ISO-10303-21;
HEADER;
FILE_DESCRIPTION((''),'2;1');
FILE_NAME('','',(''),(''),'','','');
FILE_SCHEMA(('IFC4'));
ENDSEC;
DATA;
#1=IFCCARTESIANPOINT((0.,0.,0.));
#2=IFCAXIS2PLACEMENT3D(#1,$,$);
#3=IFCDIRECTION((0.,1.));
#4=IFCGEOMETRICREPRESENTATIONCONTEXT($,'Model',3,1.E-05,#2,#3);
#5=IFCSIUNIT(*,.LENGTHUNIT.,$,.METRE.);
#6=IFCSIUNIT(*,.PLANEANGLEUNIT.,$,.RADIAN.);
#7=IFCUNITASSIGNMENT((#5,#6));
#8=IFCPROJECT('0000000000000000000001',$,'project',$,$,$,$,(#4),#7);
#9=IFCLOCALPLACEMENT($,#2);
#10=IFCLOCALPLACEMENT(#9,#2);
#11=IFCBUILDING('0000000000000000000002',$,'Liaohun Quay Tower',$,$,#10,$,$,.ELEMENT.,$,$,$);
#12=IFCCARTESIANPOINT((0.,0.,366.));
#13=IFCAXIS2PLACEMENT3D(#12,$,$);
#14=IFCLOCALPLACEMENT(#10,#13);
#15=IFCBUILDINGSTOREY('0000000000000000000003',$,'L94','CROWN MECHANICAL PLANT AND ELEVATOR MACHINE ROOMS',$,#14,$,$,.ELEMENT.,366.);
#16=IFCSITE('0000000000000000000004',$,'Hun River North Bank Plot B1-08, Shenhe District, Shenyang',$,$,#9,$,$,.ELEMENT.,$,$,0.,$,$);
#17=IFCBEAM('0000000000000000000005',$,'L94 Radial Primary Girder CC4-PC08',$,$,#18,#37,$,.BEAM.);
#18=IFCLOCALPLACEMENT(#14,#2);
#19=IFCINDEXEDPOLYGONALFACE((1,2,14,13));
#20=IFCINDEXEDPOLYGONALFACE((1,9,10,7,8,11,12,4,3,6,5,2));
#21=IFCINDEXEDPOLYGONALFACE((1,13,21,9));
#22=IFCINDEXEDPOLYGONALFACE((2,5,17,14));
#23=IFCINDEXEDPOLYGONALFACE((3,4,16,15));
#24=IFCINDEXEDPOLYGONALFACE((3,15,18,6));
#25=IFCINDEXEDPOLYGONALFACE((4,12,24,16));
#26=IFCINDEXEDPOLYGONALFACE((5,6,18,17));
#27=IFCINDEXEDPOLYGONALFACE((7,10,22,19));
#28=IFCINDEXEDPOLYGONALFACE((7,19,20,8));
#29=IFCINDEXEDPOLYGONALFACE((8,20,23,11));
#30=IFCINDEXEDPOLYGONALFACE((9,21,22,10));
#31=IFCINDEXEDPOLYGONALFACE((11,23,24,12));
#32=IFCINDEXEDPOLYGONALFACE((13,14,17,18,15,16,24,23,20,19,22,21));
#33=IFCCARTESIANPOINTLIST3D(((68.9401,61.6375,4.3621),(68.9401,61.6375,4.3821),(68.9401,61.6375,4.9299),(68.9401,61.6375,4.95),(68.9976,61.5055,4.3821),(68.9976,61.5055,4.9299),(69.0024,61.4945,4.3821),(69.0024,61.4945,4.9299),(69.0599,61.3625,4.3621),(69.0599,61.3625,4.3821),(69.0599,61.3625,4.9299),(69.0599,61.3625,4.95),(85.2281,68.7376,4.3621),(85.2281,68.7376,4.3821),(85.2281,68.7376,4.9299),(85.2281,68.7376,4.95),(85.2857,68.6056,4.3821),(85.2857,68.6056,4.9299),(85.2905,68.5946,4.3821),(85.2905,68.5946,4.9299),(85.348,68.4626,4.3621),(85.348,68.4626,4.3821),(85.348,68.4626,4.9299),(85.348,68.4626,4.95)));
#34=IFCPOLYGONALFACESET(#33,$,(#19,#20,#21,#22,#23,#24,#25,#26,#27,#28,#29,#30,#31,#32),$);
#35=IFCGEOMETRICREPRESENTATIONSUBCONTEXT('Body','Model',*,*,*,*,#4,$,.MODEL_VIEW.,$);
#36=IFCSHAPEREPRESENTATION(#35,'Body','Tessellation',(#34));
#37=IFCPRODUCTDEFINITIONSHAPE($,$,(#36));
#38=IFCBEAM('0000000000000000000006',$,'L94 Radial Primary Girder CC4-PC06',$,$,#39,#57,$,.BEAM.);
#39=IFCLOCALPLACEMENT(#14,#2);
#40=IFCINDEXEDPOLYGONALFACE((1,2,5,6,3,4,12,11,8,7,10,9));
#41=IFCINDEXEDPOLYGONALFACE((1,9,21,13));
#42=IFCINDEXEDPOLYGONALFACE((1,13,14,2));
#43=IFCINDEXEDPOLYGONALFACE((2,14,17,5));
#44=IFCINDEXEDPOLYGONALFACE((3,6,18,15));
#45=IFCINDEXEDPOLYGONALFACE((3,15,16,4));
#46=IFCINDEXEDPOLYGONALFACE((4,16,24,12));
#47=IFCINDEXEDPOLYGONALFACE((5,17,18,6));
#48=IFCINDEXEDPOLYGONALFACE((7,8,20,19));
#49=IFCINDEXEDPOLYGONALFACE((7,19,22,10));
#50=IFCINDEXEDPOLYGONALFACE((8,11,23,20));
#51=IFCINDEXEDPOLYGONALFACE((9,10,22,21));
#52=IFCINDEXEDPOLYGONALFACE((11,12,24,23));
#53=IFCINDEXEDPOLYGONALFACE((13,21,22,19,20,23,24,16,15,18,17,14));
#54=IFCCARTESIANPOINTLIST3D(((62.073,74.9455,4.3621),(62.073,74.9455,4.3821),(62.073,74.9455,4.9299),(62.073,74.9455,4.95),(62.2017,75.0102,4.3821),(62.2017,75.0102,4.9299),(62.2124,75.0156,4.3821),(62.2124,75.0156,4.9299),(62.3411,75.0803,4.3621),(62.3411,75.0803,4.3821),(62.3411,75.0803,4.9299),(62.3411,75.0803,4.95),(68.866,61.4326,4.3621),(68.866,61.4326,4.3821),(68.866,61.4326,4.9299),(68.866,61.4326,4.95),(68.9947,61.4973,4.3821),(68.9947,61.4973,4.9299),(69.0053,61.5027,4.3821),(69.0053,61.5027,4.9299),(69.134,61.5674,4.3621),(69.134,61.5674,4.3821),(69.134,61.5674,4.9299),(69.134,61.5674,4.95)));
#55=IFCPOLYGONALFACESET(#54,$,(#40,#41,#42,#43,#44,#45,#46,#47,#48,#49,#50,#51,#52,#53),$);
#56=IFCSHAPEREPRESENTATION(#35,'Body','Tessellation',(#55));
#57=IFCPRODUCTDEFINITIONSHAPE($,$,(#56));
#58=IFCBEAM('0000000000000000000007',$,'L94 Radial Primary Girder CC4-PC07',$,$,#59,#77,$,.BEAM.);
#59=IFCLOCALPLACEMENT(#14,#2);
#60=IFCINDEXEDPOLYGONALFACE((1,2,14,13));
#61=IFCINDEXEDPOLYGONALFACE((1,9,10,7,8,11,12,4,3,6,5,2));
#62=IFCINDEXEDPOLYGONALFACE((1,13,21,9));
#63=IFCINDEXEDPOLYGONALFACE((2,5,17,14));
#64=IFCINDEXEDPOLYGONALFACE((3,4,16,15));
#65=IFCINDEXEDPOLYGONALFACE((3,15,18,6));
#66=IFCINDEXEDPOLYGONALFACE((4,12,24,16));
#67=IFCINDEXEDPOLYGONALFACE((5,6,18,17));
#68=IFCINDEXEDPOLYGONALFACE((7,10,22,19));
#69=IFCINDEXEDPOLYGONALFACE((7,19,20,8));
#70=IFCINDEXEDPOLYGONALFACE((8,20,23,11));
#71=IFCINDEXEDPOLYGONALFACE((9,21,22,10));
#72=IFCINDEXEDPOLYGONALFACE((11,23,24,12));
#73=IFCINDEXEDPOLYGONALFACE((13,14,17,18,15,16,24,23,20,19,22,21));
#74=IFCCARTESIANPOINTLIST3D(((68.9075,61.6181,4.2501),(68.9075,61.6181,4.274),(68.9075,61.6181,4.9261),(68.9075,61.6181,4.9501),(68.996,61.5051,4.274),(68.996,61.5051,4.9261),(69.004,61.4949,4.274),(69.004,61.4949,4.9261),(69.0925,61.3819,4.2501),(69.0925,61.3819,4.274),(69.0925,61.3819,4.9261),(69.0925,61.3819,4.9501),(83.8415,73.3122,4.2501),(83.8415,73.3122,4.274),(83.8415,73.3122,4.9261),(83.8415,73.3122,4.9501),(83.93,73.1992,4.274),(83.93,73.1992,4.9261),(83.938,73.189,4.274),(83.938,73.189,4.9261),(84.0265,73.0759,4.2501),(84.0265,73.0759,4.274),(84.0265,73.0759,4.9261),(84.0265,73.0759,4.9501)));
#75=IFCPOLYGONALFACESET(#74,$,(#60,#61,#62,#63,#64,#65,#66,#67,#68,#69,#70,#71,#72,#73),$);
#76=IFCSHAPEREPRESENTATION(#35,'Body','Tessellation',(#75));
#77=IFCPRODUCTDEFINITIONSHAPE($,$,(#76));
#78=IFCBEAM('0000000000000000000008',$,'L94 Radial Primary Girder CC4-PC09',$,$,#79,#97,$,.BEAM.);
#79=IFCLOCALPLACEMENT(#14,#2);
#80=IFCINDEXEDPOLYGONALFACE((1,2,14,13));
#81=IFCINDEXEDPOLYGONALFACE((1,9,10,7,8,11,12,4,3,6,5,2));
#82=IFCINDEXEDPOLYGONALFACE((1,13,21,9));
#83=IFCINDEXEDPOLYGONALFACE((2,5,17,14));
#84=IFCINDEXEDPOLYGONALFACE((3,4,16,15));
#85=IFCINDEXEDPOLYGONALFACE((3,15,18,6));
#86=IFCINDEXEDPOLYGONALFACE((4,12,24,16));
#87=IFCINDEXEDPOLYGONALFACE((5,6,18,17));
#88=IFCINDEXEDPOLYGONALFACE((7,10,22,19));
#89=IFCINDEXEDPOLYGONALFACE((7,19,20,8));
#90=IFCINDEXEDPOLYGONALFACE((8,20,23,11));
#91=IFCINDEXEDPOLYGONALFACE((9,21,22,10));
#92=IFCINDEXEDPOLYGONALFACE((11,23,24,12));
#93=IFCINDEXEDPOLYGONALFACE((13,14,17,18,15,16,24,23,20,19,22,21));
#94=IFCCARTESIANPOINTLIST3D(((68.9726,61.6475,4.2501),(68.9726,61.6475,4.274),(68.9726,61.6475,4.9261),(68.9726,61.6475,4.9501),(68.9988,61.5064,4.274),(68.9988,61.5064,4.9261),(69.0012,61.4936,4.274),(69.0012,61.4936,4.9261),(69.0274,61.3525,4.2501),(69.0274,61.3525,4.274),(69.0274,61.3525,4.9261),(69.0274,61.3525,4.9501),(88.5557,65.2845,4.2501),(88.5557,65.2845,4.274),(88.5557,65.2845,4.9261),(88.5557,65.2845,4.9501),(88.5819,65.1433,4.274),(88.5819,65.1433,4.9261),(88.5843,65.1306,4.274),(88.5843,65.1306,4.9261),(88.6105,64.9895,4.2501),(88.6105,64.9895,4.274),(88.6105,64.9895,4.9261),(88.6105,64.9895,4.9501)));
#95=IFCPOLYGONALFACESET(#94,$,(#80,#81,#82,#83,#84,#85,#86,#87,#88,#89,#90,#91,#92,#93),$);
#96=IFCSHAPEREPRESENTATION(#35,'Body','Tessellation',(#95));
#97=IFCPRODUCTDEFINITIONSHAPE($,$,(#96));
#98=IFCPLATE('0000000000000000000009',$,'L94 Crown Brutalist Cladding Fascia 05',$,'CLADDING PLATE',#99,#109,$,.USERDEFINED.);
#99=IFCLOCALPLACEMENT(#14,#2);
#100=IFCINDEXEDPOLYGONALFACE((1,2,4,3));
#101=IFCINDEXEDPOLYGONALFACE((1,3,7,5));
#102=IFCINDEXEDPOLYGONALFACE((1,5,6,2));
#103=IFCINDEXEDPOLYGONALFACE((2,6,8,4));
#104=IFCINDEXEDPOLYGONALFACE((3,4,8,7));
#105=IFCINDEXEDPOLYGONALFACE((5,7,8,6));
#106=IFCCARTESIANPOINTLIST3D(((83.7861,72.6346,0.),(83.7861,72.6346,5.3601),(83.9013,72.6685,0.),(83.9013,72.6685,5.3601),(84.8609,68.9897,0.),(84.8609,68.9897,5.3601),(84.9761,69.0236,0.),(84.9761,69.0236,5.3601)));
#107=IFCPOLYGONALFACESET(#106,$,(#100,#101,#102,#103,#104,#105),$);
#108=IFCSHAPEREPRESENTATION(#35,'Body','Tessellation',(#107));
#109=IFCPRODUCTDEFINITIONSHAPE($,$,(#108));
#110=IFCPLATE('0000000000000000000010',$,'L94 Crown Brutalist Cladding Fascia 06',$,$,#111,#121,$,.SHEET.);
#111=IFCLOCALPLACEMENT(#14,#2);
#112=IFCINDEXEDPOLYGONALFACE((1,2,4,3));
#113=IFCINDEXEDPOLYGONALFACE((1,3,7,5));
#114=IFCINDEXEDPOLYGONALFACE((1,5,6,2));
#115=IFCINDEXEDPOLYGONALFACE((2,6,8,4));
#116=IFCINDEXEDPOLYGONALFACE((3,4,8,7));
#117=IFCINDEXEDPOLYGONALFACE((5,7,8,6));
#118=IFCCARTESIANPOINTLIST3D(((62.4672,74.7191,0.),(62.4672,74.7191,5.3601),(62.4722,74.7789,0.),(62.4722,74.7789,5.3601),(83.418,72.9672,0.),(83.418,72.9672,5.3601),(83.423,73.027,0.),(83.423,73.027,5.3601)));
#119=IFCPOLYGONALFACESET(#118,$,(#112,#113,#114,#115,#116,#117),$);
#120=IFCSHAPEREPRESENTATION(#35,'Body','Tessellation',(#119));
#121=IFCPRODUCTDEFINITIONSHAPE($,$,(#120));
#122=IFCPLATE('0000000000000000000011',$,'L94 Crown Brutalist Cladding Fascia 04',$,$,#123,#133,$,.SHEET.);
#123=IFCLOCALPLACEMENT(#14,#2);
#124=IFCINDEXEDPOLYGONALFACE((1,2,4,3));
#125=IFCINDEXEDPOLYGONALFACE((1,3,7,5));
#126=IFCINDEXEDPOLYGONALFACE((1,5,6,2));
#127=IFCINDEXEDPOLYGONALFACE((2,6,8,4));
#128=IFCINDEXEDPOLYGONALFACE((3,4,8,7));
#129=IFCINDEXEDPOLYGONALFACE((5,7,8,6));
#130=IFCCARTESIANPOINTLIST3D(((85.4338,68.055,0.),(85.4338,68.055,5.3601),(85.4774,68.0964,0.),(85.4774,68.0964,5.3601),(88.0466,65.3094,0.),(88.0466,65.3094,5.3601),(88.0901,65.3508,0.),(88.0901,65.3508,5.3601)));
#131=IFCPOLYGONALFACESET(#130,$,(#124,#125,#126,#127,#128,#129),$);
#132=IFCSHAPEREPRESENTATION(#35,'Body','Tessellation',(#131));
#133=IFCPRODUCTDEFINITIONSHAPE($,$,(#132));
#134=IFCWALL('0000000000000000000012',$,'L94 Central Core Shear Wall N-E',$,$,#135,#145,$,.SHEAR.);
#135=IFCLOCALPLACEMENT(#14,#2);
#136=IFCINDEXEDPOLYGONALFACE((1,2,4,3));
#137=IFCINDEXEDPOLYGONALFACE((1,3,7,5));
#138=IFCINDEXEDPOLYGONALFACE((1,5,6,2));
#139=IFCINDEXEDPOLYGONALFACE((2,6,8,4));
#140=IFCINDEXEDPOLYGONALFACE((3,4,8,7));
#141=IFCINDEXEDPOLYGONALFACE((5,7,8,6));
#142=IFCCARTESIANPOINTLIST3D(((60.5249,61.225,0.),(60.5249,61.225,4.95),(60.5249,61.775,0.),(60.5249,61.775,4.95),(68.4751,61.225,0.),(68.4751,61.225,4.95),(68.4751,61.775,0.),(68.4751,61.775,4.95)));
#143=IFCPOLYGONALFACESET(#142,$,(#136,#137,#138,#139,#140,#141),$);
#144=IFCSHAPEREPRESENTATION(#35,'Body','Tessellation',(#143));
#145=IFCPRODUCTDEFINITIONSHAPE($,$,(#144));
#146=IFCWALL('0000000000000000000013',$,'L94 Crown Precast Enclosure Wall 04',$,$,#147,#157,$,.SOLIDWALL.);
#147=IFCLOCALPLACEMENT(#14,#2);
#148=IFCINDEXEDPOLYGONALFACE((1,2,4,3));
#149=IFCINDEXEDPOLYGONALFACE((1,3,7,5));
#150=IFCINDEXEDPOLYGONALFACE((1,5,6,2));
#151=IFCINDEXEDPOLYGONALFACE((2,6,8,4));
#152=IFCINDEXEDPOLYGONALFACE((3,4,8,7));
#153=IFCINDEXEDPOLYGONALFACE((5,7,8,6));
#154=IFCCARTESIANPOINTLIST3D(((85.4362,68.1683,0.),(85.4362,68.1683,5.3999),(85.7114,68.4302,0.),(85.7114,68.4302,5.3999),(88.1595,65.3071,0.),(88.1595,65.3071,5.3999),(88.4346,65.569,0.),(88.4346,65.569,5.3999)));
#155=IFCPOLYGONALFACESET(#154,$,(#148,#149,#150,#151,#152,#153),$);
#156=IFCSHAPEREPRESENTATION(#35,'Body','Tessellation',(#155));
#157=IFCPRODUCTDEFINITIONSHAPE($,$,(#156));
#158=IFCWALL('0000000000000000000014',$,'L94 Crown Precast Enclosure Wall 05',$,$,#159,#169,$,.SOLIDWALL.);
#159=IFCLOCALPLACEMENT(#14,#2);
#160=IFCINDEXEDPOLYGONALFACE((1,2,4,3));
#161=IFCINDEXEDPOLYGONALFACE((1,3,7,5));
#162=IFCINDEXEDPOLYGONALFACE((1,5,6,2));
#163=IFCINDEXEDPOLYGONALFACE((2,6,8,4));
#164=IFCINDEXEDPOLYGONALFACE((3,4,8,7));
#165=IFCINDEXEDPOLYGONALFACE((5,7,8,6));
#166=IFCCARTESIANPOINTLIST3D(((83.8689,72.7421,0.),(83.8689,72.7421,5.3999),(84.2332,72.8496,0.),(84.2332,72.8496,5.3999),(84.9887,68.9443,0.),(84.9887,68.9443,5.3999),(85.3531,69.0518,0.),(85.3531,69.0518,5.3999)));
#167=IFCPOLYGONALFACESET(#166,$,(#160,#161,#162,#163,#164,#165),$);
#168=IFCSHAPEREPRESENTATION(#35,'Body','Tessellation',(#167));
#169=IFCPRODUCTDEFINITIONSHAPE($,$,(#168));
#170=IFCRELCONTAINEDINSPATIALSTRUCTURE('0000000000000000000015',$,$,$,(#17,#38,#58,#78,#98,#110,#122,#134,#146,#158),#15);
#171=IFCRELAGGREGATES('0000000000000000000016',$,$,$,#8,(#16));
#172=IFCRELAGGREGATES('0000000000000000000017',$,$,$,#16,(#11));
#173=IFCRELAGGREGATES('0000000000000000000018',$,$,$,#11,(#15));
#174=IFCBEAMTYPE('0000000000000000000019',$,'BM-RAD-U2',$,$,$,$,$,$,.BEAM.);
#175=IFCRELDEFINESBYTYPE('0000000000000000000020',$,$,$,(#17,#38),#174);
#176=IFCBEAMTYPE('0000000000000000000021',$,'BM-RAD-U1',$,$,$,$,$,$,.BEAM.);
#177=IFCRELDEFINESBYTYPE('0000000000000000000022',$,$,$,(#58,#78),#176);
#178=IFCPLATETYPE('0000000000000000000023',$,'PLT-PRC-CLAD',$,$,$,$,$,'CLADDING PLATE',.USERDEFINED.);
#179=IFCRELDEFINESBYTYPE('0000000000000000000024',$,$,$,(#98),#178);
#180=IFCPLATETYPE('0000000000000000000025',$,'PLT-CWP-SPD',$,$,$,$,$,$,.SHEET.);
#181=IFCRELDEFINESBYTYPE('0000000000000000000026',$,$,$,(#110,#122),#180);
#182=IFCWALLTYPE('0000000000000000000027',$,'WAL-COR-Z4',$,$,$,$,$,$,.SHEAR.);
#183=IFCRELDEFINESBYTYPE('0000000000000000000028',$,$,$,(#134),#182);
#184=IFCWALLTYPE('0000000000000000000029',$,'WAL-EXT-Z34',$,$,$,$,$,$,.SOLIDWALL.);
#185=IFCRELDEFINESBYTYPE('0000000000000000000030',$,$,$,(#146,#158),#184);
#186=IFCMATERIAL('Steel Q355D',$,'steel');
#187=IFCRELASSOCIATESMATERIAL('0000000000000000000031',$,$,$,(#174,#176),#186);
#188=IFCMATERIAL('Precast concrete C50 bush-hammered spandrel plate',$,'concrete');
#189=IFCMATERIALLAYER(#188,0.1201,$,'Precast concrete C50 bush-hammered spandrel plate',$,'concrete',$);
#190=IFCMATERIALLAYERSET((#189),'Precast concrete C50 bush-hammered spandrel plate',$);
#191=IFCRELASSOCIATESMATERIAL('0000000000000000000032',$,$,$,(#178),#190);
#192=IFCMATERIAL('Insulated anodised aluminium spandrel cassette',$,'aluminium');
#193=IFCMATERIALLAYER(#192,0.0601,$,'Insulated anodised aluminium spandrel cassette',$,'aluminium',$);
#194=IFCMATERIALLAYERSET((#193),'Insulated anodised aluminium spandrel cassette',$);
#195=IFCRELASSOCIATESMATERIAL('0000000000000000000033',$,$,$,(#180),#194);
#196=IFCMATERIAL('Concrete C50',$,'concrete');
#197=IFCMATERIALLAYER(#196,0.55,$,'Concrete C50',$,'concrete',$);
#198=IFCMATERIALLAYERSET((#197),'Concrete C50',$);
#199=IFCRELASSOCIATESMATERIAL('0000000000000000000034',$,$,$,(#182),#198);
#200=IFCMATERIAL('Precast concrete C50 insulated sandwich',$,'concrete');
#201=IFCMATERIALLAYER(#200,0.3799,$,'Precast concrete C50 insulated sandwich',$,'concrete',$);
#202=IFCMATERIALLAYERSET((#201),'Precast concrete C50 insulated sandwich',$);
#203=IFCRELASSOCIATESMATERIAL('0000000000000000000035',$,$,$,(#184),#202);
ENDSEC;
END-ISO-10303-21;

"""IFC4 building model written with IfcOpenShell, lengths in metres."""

from ifc_helpers import new_model, si_unit, direction, frame, frame_2d, origin, origin_2d, place, context, subcontext, project, spatial, rectangle, i_section, extrude, source, transform, mapped, material, layer, layer_set, material_profile, profile_set, type_object, element, save


model = new_model("IFC4")

# Units and contexts
model_context = context("Model", 3, precision=1e-05, world=origin(), true_north=direction((0.0, 1.0)))
body_context = subcontext(model_context, "Body", "Model", "MODEL_VIEW")
ifc_project = project(units=[si_unit("LENGTHUNIT", "METRE"), si_unit("PLANEANGLEUNIT", "RADIAN")], contexts=[model_context])

# Site, building, storey
site_placement = place(None, origin())
site = spatial("IfcSite", under=ifc_project, at=site_placement, Name="Hun River North Bank Plot B1-08, Shenhe District, Shenyang", CompositionType="ELEMENT", RefElevation=0.0)
building_placement = place(site_placement, origin())
building = spatial("IfcBuilding", under=site, at=building_placement, Name="Liaohun Quay Tower", CompositionType="ELEMENT")
storey_placement = place(building_placement, frame((0.0, 0.0, 366.0)))
storey = spatial("IfcBuildingStorey", under=building, at=storey_placement, Name="L94", Description="CROWN MECHANICAL PLANT AND ELEVATOR MACHINE ROOMS", CompositionType="ELEMENT", Elevation=366.0)

# Shared definitions
ifc_material_1 = material(Name="Concrete C50", Category="concrete")

# Beams
ifc_material_2 = material(Name="Steel Q355D", Category="steel")
ifc_material_profile_1 = material_profile(ifc_material_2, i_section(OverallWidth=0.3, OverallDepth=0.5879, WebThickness=0.012, FlangeThickness=0.02, at=origin_2d()), Name="HM588x300x12x20")
ifc_profile_set_1 = profile_set([ifc_material_profile_1], Name="Steel Q355D")
beam_type_1 = type_object("IfcBeamType", Name="BM-RAD-U2", PredefinedType="BEAM", material=ifc_profile_set_1)
shared_shape_1 = source(origin(), body_context, "Body", "SweptSolid", [
    extrude(i_section(OverallWidth=0.3, OverallDepth=0.5879, WebThickness=0.012, FlangeThickness=0.02, at=origin_2d()), origin(), (0.0, 0.0, 1.0), 17.7683),
])
beam_1_placement = place(storey_placement, frame((69.0, 61.5, 4.656), z_axis=(0.916693, 0.399593, 0.0), x_axis=(-0.399593, 0.916693, 0.0)))
element("IfcBeam", 1, at=beam_1_placement, inside=storey, type_object=beam_type_1, Name="L94 Radial Primary Girder CC4-PC08", PredefinedType="BEAM", context=body_context, shape_type="MappedRepresentation", body=[
    mapped(shared_shape_1, transform((0.0, 0.0, 0.0), x_axis=(1.0, 0.0, 0.0), y_axis=(0.0, 1.0, 0.0), z_axis=(0.0, 0.0, 1.0), scale=1.0)),
])
shared_shape_2 = source(origin(), body_context, "Body", "SweptSolid", [
    extrude(i_section(OverallWidth=0.3, OverallDepth=0.5879, WebThickness=0.012, FlangeThickness=0.02, at=origin_2d()), origin(), (0.0, 0.0, 1.0), 15.1243),
])
beam_2_placement = place(storey_placement, frame((69.0, 61.5, 4.656), z_axis=(-0.449143, 0.89346, 0.0), x_axis=(-0.89346, -0.449143, 0.0)))
element("IfcBeam", 2, at=beam_2_placement, inside=storey, type_object=beam_type_1, Name="L94 Radial Primary Girder CC4-PC06", PredefinedType="BEAM", context=body_context, shape_type="MappedRepresentation", body=[
    mapped(shared_shape_2, transform((0.0, 0.0, 0.0), x_axis=(1.0, 0.0, 0.0), y_axis=(0.0, 1.0, 0.0), z_axis=(0.0, 0.0, 1.0), scale=1.0)),
])
ifc_material_profile_2 = material_profile(ifc_material_2, i_section(OverallWidth=0.3, OverallDepth=0.7, WebThickness=0.0129, FlangeThickness=0.0239, at=origin_2d()), Name="HN700x300x13x24")
ifc_profile_set_2 = profile_set([ifc_material_profile_2], Name="Steel Q355D")
beam_type_2 = type_object("IfcBeamType", Name="BM-RAD-U1", PredefinedType="BEAM", material=ifc_profile_set_2)
shared_shape_3 = source(origin(), body_context, "Body", "SweptSolid", [
    extrude(i_section(OverallWidth=0.3, OverallDepth=0.7, WebThickness=0.0129, FlangeThickness=0.0239, at=origin_2d()), origin(), (0.0, 0.0, 1.0), 18.9678),
])
beam_3_placement = place(storey_placement, frame((69.0, 61.5, 4.6001), z_axis=(0.787337, 0.616522, 0.0), x_axis=(-0.616522, 0.787337, 0.0)))
element("IfcBeam", 3, at=beam_3_placement, inside=storey, type_object=beam_type_2, Name="L94 Radial Primary Girder CC4-PC07", PredefinedType="BEAM", context=body_context, shape_type="MappedRepresentation", body=[
    mapped(shared_shape_3, transform((0.0, 0.0, 0.0), x_axis=(1.0, 0.0, 0.0), y_axis=(0.0, 1.0, 0.0), z_axis=(0.0, 0.0, 1.0), scale=1.0)),
])
shared_shape_4 = source(origin(), body_context, "Body", "SweptSolid", [
    extrude(i_section(OverallWidth=0.3, OverallDepth=0.7, WebThickness=0.0129, FlangeThickness=0.0239, at=origin_2d()), origin(), (0.0, 0.0, 1.0), 19.918),
])
beam_4_placement = place(storey_placement, frame((69.0, 61.5, 4.6001), z_axis=(0.983188, 0.182598, 0.0), x_axis=(-0.182598, 0.983188, 0.0)))
element("IfcBeam", 4, at=beam_4_placement, inside=storey, type_object=beam_type_2, Name="L94 Radial Primary Girder CC4-PC09", PredefinedType="BEAM", context=body_context, shape_type="MappedRepresentation", body=[
    mapped(shared_shape_4, transform((0.0, 0.0, 0.0), x_axis=(1.0, 0.0, 0.0), y_axis=(0.0, 1.0, 0.0), z_axis=(0.0, 0.0, 1.0), scale=1.0)),
])

# Plates
ifc_material_3 = material(Name="Precast concrete C50 bush-hammered spandrel plate", Category="concrete")
ifc_layer_1 = layer(ifc_material_3, 0.1201, Name="Precast concrete C50 bush-hammered spandrel plate", Category="concrete")
ifc_layer_set_1 = layer_set([ifc_layer_1], Name="Precast concrete C50 bush-hammered spandrel plate")
plate_type_1 = type_object("IfcPlateType", Name="PLT-PRC-CLAD", ElementType="CLADDING PLATE", PredefinedType="USERDEFINED", material=ifc_layer_set_1)
shared_shape_5 = source(origin(), body_context, "Body", "SweptSolid", [
    extrude(rectangle(XDim=3.8, YDim=0.1201, at=origin_2d()), origin(), (0.0, 0.0, 1.0), 5.3601),
])
plate_1_placement = place(storey_placement, frame((84.3811, 70.8291, 0.0), z_axis=(0.0, 0.0, 1.0), x_axis=(-0.282844, 0.959166, 0.0)))
element("IfcPlate", 5, at=plate_1_placement, inside=storey, type_object=plate_type_1, Name="L94 Crown Brutalist Cladding Fascia 05", ObjectType="CLADDING PLATE", PredefinedType="USERDEFINED", context=body_context, shape_type="MappedRepresentation", body=[
    mapped(shared_shape_5, transform((0.0, 0.0, 0.0), x_axis=(1.0, 0.0, 0.0), y_axis=(0.0, 1.0, 0.0), z_axis=(0.0, 0.0, 1.0), scale=1.0)),
])
ifc_material_4 = material(Name="Insulated anodised aluminium spandrel cassette", Category="aluminium")
ifc_layer_2 = layer(ifc_material_4, 0.0601, Name="Insulated anodised aluminium spandrel cassette", Category="aluminium")
ifc_layer_set_2 = layer_set([ifc_layer_2], Name="Insulated anodised aluminium spandrel cassette")
plate_type_2 = type_object("IfcPlateType", Name="PLT-CWP-SPD", PredefinedType="SHEET", material=ifc_layer_set_2)
shared_shape_6 = source(origin(), body_context, "Body", "SweptSolid", [
    extrude(rectangle(XDim=21.0239, YDim=0.0601, at=origin_2d()), origin(), (0.0, 0.0, 1.0), 5.3601),
])
plate_2_placement = place(storey_placement, frame((72.9451, 73.873, 0.0), z_axis=(0.0, 0.0, 1.0), x_axis=(-0.996522, 0.08333, 0.0)))
element("IfcPlate", 6, at=plate_2_placement, inside=storey, type_object=plate_type_2, Name="L94 Crown Brutalist Cladding Fascia 06", PredefinedType="SHEET", context=body_context, shape_type="MappedRepresentation", body=[
    mapped(shared_shape_6, transform((0.0, 0.0, 0.0), x_axis=(1.0, 0.0, 0.0), y_axis=(0.0, 1.0, 0.0), z_axis=(0.0, 0.0, 1.0), scale=1.0)),
])
shared_shape_7 = source(origin(), body_context, "Body", "SweptSolid", [
    extrude(rectangle(XDim=3.79, YDim=0.0601, at=origin_2d()), origin(), (0.0, 0.0, 1.0), 5.3601),
])
plate_3_placement = place(storey_placement, frame((86.762, 66.7029, 0.0), z_axis=(0.0, 0.0, 1.0), x_axis=(-0.689367, 0.724413, 0.0)))
element("IfcPlate", 7, at=plate_3_placement, inside=storey, type_object=plate_type_2, Name="L94 Crown Brutalist Cladding Fascia 04", PredefinedType="SHEET", context=body_context, shape_type="MappedRepresentation", body=[
    mapped(shared_shape_7, transform((0.0, 0.0, 0.0), x_axis=(1.0, 0.0, 0.0), y_axis=(0.0, 1.0, 0.0), z_axis=(0.0, 0.0, 1.0), scale=1.0)),
])

# Walls
ifc_layer_3 = layer(ifc_material_1, 0.55, Name="Concrete C50", Category="concrete")
ifc_layer_set_3 = layer_set([ifc_layer_3], Name="Concrete C50")
wall_type_1 = type_object("IfcWallType", Name="WAL-COR-Z4", PredefinedType="SHEAR", material=ifc_layer_set_3)
wall_1_placement = place(storey_placement, frame((60.5249, 61.5, 0.0), z_axis=(0.0, 0.0, 1.0), x_axis=(1.0, 0.0, 0.0)))
element("IfcWall", 8, at=wall_1_placement, inside=storey, type_object=wall_type_1, Name="L94 Central Core Shear Wall N-E", PredefinedType="SHEAR", context=body_context, shape_type="SweptSolid", body=[
    extrude(rectangle(XDim=7.9502, YDim=0.55, at=frame_2d((3.9751, 0.0))), origin(), (0.0, 0.0, 1.0), 4.95),
])
ifc_material_5 = material(Name="Precast concrete C50 insulated sandwich", Category="concrete")
ifc_layer_4 = layer(ifc_material_5, 0.3799, Name="Precast concrete C50 insulated sandwich", Category="concrete")
ifc_layer_set_4 = layer_set([ifc_layer_4], Name="Precast concrete C50 insulated sandwich")
wall_type_2 = type_object("IfcWallType", Name="WAL-EXT-Z34", PredefinedType="SOLIDWALL", material=ifc_layer_set_4)
wall_2_placement = place(storey_placement, frame((88.2971, 65.438, 0.0), z_axis=(0.0, 0.0, 1.0), x_axis=(-0.68943, 0.724353, 0.0)))
element("IfcWall", 9, at=wall_2_placement, inside=storey, type_object=wall_type_2, Name="L94 Crown Precast Enclosure Wall 04", PredefinedType="SOLIDWALL", context=body_context, shape_type="SweptSolid", body=[
    extrude(rectangle(XDim=3.95, YDim=0.3799, at=frame_2d((1.9751, 0.0))), origin(), (0.0, 0.0, 1.0), 5.3999),
])
wall_3_placement = place(storey_placement, frame((85.1709, 68.998, 0.0), z_axis=(0.0, 0.0, 1.0), x_axis=(-0.282831, 0.95917, 0.0)))
element("IfcWall", 10, at=wall_3_placement, inside=storey, type_object=wall_type_2, Name="L94 Crown Precast Enclosure Wall 05", PredefinedType="SOLIDWALL", context=body_context, shape_type="SweptSolid", body=[
    extrude(rectangle(XDim=3.9595, YDim=0.3799, at=frame_2d((1.9797, 0.0))), origin(), (0.0, 0.0, 1.0), 5.3999),
])

save(model, "model.ifc")
